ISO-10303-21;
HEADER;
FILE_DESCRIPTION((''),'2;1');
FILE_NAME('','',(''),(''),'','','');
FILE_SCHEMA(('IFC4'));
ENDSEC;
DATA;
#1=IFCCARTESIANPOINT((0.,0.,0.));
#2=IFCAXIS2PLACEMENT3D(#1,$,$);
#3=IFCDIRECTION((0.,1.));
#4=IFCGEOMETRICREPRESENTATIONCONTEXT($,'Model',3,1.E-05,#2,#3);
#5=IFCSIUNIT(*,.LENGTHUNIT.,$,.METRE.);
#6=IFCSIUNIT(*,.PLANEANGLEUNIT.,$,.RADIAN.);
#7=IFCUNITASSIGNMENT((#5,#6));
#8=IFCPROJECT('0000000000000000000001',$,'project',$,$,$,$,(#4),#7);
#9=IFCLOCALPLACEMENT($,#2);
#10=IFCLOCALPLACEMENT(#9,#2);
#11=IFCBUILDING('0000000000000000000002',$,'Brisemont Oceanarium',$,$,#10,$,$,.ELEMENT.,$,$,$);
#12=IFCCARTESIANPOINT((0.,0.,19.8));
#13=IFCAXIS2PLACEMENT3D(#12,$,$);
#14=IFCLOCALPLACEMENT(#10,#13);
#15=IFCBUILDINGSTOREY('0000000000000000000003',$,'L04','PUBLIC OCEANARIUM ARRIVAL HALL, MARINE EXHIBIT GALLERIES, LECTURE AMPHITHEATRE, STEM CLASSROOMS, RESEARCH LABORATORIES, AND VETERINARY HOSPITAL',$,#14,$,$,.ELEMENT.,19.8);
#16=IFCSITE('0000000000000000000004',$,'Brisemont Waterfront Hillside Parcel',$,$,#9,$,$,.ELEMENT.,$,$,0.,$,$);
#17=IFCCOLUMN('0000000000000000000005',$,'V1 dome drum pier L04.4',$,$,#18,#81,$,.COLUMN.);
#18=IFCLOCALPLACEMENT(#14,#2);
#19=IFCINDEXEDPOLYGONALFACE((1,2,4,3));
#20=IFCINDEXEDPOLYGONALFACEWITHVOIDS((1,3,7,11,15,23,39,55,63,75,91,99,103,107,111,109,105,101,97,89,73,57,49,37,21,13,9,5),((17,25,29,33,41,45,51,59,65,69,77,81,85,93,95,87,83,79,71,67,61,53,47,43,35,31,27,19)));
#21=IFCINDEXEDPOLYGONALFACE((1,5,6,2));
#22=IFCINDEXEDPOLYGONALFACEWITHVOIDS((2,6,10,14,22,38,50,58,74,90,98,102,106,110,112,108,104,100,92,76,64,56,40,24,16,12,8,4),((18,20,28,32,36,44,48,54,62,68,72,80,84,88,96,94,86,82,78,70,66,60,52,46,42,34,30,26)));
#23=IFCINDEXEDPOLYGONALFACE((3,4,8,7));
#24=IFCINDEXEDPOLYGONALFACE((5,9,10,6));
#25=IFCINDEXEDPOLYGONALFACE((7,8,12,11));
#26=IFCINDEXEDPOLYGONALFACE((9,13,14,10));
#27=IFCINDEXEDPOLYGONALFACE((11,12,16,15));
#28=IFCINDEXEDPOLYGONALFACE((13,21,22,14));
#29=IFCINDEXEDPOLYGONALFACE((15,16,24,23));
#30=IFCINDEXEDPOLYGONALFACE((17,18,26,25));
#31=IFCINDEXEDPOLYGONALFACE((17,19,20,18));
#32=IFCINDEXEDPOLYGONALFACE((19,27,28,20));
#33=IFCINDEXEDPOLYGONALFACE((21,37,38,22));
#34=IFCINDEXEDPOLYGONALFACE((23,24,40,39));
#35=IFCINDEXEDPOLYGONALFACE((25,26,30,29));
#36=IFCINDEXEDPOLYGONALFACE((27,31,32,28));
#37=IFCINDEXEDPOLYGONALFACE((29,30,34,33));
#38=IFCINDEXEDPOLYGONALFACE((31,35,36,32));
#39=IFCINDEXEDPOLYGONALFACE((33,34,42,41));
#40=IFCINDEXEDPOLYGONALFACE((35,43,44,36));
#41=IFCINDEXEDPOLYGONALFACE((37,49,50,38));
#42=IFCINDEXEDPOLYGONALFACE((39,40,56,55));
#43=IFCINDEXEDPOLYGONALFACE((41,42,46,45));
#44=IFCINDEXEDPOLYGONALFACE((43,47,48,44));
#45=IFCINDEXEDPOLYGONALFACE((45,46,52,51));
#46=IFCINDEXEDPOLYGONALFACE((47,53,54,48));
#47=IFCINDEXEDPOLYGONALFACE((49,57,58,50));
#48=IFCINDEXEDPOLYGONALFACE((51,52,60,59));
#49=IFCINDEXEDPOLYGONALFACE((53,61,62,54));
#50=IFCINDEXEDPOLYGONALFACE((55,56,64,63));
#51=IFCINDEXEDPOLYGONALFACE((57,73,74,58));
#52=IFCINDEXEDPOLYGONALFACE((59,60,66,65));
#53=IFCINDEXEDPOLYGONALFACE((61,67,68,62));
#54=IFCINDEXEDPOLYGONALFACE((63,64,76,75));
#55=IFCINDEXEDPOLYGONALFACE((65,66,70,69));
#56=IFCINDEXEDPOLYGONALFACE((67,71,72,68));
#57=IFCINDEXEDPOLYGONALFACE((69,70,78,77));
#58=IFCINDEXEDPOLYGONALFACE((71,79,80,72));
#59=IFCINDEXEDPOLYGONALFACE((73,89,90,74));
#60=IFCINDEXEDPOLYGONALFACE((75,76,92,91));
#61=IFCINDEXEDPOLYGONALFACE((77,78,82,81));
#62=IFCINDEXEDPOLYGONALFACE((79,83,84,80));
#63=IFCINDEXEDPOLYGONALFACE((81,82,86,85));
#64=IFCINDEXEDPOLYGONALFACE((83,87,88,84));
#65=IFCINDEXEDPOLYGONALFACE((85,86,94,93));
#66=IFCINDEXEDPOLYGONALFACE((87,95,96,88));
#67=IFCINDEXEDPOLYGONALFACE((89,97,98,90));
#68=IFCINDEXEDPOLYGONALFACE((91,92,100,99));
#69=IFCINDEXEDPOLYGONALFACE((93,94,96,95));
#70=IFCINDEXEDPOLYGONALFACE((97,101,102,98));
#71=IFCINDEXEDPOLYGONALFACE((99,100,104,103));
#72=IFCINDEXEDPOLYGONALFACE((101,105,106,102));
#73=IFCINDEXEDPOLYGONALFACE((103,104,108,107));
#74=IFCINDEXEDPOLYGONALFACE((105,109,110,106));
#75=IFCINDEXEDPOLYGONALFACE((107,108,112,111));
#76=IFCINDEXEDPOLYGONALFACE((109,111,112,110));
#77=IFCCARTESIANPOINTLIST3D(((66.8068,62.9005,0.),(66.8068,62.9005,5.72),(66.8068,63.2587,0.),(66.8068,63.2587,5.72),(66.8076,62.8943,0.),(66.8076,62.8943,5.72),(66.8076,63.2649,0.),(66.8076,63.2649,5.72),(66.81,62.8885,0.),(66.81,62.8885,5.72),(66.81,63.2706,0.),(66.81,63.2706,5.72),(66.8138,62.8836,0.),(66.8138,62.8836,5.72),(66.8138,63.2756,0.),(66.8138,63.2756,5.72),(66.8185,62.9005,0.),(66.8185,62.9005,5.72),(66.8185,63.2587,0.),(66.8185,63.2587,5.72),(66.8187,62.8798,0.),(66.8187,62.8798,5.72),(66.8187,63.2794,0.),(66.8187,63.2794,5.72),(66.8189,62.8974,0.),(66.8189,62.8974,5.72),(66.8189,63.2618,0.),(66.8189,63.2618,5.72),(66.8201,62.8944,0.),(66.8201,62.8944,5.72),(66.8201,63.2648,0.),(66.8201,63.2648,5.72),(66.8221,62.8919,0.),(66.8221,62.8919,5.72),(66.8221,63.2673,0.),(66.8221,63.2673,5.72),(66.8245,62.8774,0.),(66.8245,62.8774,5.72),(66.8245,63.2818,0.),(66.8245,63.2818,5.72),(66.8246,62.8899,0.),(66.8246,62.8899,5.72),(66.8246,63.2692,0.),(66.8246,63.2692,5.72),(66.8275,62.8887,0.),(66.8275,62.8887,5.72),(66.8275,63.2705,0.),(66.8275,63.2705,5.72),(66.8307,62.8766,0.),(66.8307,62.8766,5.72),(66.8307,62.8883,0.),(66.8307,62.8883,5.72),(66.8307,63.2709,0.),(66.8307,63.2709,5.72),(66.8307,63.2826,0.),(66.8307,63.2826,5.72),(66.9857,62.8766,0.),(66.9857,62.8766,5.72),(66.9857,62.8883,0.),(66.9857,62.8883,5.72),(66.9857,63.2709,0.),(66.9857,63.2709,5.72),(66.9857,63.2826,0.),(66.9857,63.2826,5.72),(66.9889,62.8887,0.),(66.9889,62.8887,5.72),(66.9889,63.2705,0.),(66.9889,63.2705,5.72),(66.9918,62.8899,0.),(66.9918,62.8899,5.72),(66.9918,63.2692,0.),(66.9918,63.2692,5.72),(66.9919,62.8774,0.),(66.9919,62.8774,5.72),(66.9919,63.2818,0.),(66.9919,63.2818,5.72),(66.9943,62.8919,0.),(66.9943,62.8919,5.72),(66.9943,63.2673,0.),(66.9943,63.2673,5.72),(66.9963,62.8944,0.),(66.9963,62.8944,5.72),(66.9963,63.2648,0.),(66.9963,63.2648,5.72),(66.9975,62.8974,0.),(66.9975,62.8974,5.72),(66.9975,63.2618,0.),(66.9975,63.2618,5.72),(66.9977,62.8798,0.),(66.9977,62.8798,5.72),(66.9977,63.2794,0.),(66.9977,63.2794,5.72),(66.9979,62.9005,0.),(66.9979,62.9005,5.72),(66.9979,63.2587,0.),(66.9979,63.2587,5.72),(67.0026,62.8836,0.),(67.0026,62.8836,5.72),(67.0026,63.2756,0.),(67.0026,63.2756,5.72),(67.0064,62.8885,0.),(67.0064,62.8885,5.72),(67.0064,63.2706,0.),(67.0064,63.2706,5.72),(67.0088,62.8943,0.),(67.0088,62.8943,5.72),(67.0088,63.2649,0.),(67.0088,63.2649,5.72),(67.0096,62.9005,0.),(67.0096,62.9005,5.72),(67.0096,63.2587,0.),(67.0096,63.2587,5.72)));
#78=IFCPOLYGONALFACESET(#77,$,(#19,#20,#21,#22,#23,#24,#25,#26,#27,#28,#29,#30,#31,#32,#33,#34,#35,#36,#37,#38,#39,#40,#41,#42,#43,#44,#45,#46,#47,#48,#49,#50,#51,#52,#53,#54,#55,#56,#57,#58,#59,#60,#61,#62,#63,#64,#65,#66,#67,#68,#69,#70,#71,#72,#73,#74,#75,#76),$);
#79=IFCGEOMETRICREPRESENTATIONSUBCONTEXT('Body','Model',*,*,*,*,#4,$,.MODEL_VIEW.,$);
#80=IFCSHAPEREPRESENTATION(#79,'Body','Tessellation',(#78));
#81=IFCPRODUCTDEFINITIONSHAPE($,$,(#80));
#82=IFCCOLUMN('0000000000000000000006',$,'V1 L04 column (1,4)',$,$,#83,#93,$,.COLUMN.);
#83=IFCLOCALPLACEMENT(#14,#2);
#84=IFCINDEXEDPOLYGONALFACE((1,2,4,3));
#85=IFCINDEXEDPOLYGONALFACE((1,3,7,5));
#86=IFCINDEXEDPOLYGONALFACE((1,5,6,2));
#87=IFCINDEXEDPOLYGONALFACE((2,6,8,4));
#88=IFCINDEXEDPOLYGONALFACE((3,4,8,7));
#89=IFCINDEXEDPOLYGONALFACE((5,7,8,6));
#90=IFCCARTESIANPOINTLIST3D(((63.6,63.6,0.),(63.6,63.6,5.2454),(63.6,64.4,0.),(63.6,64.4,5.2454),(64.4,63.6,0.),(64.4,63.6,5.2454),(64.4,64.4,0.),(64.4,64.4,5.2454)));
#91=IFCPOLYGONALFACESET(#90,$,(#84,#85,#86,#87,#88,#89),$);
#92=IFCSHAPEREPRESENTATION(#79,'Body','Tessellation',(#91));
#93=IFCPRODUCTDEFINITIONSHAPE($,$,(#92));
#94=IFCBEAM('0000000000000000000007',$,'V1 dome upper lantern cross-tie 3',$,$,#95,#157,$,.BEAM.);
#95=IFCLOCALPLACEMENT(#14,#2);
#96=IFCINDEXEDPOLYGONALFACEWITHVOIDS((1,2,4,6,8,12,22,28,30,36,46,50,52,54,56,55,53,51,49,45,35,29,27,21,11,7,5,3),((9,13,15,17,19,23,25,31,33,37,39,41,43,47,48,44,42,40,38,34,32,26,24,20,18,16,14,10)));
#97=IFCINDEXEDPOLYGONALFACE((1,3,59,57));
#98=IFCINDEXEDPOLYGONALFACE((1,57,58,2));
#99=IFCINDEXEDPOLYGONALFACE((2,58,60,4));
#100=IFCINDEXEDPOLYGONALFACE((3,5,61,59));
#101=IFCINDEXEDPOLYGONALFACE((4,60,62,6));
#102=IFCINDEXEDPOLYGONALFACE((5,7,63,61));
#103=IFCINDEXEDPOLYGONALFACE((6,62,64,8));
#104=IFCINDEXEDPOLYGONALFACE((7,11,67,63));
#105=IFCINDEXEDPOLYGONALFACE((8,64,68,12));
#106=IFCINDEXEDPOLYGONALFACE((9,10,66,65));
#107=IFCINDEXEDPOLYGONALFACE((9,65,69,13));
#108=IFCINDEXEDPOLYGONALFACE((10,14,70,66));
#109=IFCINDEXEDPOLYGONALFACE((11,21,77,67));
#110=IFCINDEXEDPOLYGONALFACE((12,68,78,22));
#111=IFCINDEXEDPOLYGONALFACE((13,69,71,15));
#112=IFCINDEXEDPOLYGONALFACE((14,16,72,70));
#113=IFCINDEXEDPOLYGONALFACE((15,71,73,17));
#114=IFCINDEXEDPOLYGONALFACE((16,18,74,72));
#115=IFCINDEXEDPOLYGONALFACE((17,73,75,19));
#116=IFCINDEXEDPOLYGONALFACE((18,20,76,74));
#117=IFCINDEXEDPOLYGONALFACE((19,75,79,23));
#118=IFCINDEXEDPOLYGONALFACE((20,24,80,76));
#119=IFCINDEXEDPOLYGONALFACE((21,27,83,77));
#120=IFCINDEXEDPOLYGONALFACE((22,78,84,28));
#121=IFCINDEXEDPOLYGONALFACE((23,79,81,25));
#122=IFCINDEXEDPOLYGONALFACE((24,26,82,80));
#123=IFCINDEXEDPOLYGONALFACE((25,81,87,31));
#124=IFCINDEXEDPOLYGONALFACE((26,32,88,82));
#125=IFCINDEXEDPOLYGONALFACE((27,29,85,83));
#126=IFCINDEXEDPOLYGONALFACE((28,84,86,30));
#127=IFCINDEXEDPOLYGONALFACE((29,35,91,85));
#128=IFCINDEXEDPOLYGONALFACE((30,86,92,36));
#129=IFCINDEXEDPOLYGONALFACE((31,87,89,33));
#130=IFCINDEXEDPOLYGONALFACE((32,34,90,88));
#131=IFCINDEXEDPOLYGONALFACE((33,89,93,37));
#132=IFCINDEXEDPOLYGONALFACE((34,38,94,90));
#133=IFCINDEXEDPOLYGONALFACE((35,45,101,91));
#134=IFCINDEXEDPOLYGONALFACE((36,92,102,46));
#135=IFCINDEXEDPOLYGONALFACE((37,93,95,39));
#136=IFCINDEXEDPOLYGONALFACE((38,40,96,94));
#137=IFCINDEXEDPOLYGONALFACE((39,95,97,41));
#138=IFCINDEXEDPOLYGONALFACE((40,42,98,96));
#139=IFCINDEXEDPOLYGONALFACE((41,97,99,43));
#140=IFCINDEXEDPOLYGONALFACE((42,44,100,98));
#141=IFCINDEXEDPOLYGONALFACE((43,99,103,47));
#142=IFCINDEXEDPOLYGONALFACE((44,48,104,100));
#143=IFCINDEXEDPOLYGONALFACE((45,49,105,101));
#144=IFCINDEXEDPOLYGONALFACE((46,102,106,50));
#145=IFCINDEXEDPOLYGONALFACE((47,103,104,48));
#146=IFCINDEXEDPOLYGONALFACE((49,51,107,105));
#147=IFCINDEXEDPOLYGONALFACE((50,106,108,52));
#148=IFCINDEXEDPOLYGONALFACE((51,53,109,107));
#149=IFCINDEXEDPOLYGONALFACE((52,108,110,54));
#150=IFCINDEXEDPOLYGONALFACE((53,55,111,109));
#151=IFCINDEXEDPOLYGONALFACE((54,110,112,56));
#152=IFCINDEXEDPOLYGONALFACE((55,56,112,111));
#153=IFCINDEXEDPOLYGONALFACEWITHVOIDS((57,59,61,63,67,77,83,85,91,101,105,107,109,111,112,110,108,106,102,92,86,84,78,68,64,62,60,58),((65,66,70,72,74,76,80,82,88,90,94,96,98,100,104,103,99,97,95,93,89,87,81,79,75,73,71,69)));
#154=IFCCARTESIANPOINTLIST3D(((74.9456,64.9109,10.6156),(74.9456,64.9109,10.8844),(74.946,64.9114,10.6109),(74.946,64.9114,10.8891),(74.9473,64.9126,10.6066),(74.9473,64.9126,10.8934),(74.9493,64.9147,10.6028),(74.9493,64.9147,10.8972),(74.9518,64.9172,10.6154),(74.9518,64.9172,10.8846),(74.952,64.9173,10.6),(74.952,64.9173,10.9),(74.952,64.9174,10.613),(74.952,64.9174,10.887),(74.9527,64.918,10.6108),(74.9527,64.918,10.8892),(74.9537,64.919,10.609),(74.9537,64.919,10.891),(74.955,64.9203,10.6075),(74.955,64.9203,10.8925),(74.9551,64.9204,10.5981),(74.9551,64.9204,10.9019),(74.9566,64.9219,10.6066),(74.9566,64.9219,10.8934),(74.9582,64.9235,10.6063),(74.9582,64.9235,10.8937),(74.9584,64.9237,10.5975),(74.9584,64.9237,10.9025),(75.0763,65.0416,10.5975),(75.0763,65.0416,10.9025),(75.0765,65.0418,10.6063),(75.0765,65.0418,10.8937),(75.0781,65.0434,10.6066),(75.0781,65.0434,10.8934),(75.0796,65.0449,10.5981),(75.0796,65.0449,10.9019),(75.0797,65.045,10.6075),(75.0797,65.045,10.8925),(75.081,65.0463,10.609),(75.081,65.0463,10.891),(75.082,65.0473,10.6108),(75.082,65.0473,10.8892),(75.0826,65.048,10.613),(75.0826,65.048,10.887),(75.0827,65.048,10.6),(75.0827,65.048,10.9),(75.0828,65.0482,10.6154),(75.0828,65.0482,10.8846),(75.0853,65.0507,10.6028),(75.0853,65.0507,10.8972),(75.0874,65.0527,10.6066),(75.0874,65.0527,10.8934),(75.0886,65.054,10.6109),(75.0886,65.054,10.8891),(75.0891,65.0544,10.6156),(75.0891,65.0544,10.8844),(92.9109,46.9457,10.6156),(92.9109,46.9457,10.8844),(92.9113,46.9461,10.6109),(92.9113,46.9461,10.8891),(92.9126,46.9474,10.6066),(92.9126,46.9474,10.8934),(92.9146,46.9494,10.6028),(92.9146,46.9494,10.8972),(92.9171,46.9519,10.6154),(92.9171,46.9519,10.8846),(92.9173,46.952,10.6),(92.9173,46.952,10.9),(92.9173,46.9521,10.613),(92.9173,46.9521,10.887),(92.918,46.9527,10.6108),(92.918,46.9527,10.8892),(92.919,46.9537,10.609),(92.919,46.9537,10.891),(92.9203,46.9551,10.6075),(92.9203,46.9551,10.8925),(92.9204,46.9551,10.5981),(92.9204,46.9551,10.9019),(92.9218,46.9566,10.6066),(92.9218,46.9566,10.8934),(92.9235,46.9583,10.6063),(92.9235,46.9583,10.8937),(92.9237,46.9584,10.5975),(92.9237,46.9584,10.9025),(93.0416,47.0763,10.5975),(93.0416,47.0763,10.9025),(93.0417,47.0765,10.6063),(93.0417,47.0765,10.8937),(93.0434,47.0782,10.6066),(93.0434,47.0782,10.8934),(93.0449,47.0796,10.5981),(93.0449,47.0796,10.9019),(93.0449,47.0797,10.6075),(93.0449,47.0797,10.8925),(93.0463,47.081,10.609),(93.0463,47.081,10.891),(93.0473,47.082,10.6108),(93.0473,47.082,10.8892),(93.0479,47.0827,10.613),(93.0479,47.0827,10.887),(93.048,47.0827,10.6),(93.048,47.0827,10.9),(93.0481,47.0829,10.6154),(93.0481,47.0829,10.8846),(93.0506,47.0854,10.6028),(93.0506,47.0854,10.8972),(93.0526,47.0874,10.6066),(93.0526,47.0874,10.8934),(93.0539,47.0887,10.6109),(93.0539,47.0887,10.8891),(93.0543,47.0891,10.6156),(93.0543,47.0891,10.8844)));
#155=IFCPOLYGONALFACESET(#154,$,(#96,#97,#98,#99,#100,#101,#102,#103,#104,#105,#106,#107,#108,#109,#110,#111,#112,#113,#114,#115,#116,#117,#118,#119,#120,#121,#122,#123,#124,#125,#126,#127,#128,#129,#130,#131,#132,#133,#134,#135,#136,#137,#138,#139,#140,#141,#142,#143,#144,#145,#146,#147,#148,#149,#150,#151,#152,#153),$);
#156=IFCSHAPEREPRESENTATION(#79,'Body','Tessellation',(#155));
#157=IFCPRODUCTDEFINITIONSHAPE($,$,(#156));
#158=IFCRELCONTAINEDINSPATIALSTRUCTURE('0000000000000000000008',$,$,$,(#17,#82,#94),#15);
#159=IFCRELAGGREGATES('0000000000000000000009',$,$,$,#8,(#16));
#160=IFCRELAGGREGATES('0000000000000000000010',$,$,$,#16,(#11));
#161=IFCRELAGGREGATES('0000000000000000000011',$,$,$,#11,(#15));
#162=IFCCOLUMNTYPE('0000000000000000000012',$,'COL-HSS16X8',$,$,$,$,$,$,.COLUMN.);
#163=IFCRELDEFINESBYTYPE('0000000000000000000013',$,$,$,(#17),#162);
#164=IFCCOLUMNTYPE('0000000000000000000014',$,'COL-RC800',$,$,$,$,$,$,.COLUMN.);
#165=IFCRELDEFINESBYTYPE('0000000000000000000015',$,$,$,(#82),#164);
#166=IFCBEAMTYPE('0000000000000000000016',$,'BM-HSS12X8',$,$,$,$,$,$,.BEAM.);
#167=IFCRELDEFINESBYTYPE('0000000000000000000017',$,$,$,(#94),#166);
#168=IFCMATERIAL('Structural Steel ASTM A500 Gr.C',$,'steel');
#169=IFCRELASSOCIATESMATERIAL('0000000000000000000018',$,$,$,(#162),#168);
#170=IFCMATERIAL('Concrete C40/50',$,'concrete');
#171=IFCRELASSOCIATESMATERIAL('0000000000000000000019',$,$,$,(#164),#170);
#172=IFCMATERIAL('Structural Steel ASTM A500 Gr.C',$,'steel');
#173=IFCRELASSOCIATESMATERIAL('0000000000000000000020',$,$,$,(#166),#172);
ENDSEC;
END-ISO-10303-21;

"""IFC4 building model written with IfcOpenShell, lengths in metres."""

from ifc_helpers import new_model, si_unit, direction, frame, origin, origin_2d, place, context, subcontext, project, spatial, rectangle, hollow_rectangle, extrude, material, material_profile, profile_set, type_object, element, save


model = new_model("IFC4")

# Units and contexts
model_context = context("Model", 3, precision=1e-05, world=origin(), true_north=direction((0.0, 1.0)))
body_context = subcontext(model_context, "Body", "Model", "MODEL_VIEW")
ifc_project = project(units=[si_unit("LENGTHUNIT", "METRE"), si_unit("PLANEANGLEUNIT", "RADIAN")], contexts=[model_context])

# Site, building, storey
site_placement = place(None, origin())
site = spatial("IfcSite", under=ifc_project, at=site_placement, Name="Brisemont Waterfront Hillside Parcel", CompositionType="ELEMENT", RefElevation=0.0)
building_placement = place(site_placement, origin())
building = spatial("IfcBuilding", under=site, at=building_placement, Name="Brisemont Oceanarium", CompositionType="ELEMENT")
storey_placement = place(building_placement, frame((0.0, 0.0, 19.8)))
storey = spatial("IfcBuildingStorey", under=building, at=storey_placement, Name="L04", Description="PUBLIC OCEANARIUM ARRIVAL HALL, MARINE EXHIBIT GALLERIES, LECTURE AMPHITHEATRE, STEM CLASSROOMS, RESEARCH LABORATORIES, AND VETERINARY HOSPITAL", CompositionType="ELEMENT", Elevation=19.8)

# Columns
ifc_material_1 = material(Name="Structural Steel ASTM A500 Gr.C", Category="steel")
ifc_material_profile_1 = material_profile(ifc_material_1, hollow_rectangle(XDim=0.2029, YDim=0.406, WallThickness=0.0117, InnerFilletRadius=0.0122, OuterFilletRadius=0.0239, at=origin_2d()), Name="HSS16X8X1/2")
ifc_profile_set_1 = profile_set([ifc_material_profile_1], Name="Structural Steel ASTM A500 Gr.C")
column_type_1 = type_object("IfcColumnType", Name="COL-HSS16X8", PredefinedType="COLUMN", material=ifc_profile_set_1)
column_1_placement = place(storey_placement, frame((66.9082, 63.0796, 0.0), z_axis=(0.0, 0.0, 1.0), x_axis=(1.0, 0.0, 0.0)))
element("IfcColumn", 1, at=column_1_placement, inside=storey, type_object=column_type_1, Name="V1 dome drum pier L04.4", PredefinedType="COLUMN", context=body_context, shape_type="SweptSolid", body=[
    extrude(hollow_rectangle(XDim=0.2029, YDim=0.406, WallThickness=0.0117, InnerFilletRadius=0.0122, OuterFilletRadius=0.0239, at=origin_2d()), origin(), (0.0, 0.0, 1.0), 5.72),
])
ifc_material_2 = material(Name="Concrete C40/50", Category="concrete")
ifc_material_profile_2 = material_profile(ifc_material_2, rectangle(XDim=0.8, YDim=0.8, at=origin_2d()), Name="RC-COL-800X800")
ifc_profile_set_2 = profile_set([ifc_material_profile_2], Name="Concrete C40/50")
column_type_2 = type_object("IfcColumnType", Name="COL-RC800", PredefinedType="COLUMN", material=ifc_profile_set_2)
column_2_placement = place(storey_placement, frame((64.0, 64.0, 0.0), z_axis=(0.0, 0.0, 1.0), x_axis=(0.0, 1.0, 0.0)))
element("IfcColumn", 2, at=column_2_placement, inside=storey, type_object=column_type_2, Name="V1 L04 column (1,4)", PredefinedType="COLUMN", context=body_context, shape_type="SweptSolid", body=[
    extrude(rectangle(XDim=0.8, YDim=0.8, at=origin_2d()), origin(), (0.0, 0.0, 1.0), 5.2454),
])

# Beam
ifc_material_3 = material(Name="Structural Steel ASTM A500 Gr.C", Category="steel")
ifc_material_profile_3 = material_profile(ifc_material_3, hollow_rectangle(XDim=0.2029, YDim=0.3049, WallThickness=0.0088, InnerFilletRadius=0.009, OuterFilletRadius=0.0181, at=origin_2d()), Name="HSS12X8X3/8")
ifc_profile_set_3 = profile_set([ifc_material_profile_3], Name="Structural Steel ASTM A500 Gr.C")
beam_type_1 = type_object("IfcBeamType", Name="BM-HSS12X8", PredefinedType="BEAM", material=ifc_profile_set_3)
beam_1_placement = place(storey_placement, frame((75.0173, 64.9827, 10.75), z_axis=(0.707107, -0.707107, 0.0), x_axis=(0.707107, 0.707107, 0.0)))
element("IfcBeam", 3, at=beam_1_placement, inside=storey, type_object=beam_type_1, Name="V1 dome upper lantern cross-tie 3", PredefinedType="BEAM", context=body_context, shape_type="SweptSolid", body=[
    extrude(hollow_rectangle(XDim=0.2029, YDim=0.3049, WallThickness=0.0088, InnerFilletRadius=0.009, OuterFilletRadius=0.0181, at=origin_2d()), origin(), (0.0, 0.0, 1.0), 25.4067),
])

save(model, "model.ifc")
